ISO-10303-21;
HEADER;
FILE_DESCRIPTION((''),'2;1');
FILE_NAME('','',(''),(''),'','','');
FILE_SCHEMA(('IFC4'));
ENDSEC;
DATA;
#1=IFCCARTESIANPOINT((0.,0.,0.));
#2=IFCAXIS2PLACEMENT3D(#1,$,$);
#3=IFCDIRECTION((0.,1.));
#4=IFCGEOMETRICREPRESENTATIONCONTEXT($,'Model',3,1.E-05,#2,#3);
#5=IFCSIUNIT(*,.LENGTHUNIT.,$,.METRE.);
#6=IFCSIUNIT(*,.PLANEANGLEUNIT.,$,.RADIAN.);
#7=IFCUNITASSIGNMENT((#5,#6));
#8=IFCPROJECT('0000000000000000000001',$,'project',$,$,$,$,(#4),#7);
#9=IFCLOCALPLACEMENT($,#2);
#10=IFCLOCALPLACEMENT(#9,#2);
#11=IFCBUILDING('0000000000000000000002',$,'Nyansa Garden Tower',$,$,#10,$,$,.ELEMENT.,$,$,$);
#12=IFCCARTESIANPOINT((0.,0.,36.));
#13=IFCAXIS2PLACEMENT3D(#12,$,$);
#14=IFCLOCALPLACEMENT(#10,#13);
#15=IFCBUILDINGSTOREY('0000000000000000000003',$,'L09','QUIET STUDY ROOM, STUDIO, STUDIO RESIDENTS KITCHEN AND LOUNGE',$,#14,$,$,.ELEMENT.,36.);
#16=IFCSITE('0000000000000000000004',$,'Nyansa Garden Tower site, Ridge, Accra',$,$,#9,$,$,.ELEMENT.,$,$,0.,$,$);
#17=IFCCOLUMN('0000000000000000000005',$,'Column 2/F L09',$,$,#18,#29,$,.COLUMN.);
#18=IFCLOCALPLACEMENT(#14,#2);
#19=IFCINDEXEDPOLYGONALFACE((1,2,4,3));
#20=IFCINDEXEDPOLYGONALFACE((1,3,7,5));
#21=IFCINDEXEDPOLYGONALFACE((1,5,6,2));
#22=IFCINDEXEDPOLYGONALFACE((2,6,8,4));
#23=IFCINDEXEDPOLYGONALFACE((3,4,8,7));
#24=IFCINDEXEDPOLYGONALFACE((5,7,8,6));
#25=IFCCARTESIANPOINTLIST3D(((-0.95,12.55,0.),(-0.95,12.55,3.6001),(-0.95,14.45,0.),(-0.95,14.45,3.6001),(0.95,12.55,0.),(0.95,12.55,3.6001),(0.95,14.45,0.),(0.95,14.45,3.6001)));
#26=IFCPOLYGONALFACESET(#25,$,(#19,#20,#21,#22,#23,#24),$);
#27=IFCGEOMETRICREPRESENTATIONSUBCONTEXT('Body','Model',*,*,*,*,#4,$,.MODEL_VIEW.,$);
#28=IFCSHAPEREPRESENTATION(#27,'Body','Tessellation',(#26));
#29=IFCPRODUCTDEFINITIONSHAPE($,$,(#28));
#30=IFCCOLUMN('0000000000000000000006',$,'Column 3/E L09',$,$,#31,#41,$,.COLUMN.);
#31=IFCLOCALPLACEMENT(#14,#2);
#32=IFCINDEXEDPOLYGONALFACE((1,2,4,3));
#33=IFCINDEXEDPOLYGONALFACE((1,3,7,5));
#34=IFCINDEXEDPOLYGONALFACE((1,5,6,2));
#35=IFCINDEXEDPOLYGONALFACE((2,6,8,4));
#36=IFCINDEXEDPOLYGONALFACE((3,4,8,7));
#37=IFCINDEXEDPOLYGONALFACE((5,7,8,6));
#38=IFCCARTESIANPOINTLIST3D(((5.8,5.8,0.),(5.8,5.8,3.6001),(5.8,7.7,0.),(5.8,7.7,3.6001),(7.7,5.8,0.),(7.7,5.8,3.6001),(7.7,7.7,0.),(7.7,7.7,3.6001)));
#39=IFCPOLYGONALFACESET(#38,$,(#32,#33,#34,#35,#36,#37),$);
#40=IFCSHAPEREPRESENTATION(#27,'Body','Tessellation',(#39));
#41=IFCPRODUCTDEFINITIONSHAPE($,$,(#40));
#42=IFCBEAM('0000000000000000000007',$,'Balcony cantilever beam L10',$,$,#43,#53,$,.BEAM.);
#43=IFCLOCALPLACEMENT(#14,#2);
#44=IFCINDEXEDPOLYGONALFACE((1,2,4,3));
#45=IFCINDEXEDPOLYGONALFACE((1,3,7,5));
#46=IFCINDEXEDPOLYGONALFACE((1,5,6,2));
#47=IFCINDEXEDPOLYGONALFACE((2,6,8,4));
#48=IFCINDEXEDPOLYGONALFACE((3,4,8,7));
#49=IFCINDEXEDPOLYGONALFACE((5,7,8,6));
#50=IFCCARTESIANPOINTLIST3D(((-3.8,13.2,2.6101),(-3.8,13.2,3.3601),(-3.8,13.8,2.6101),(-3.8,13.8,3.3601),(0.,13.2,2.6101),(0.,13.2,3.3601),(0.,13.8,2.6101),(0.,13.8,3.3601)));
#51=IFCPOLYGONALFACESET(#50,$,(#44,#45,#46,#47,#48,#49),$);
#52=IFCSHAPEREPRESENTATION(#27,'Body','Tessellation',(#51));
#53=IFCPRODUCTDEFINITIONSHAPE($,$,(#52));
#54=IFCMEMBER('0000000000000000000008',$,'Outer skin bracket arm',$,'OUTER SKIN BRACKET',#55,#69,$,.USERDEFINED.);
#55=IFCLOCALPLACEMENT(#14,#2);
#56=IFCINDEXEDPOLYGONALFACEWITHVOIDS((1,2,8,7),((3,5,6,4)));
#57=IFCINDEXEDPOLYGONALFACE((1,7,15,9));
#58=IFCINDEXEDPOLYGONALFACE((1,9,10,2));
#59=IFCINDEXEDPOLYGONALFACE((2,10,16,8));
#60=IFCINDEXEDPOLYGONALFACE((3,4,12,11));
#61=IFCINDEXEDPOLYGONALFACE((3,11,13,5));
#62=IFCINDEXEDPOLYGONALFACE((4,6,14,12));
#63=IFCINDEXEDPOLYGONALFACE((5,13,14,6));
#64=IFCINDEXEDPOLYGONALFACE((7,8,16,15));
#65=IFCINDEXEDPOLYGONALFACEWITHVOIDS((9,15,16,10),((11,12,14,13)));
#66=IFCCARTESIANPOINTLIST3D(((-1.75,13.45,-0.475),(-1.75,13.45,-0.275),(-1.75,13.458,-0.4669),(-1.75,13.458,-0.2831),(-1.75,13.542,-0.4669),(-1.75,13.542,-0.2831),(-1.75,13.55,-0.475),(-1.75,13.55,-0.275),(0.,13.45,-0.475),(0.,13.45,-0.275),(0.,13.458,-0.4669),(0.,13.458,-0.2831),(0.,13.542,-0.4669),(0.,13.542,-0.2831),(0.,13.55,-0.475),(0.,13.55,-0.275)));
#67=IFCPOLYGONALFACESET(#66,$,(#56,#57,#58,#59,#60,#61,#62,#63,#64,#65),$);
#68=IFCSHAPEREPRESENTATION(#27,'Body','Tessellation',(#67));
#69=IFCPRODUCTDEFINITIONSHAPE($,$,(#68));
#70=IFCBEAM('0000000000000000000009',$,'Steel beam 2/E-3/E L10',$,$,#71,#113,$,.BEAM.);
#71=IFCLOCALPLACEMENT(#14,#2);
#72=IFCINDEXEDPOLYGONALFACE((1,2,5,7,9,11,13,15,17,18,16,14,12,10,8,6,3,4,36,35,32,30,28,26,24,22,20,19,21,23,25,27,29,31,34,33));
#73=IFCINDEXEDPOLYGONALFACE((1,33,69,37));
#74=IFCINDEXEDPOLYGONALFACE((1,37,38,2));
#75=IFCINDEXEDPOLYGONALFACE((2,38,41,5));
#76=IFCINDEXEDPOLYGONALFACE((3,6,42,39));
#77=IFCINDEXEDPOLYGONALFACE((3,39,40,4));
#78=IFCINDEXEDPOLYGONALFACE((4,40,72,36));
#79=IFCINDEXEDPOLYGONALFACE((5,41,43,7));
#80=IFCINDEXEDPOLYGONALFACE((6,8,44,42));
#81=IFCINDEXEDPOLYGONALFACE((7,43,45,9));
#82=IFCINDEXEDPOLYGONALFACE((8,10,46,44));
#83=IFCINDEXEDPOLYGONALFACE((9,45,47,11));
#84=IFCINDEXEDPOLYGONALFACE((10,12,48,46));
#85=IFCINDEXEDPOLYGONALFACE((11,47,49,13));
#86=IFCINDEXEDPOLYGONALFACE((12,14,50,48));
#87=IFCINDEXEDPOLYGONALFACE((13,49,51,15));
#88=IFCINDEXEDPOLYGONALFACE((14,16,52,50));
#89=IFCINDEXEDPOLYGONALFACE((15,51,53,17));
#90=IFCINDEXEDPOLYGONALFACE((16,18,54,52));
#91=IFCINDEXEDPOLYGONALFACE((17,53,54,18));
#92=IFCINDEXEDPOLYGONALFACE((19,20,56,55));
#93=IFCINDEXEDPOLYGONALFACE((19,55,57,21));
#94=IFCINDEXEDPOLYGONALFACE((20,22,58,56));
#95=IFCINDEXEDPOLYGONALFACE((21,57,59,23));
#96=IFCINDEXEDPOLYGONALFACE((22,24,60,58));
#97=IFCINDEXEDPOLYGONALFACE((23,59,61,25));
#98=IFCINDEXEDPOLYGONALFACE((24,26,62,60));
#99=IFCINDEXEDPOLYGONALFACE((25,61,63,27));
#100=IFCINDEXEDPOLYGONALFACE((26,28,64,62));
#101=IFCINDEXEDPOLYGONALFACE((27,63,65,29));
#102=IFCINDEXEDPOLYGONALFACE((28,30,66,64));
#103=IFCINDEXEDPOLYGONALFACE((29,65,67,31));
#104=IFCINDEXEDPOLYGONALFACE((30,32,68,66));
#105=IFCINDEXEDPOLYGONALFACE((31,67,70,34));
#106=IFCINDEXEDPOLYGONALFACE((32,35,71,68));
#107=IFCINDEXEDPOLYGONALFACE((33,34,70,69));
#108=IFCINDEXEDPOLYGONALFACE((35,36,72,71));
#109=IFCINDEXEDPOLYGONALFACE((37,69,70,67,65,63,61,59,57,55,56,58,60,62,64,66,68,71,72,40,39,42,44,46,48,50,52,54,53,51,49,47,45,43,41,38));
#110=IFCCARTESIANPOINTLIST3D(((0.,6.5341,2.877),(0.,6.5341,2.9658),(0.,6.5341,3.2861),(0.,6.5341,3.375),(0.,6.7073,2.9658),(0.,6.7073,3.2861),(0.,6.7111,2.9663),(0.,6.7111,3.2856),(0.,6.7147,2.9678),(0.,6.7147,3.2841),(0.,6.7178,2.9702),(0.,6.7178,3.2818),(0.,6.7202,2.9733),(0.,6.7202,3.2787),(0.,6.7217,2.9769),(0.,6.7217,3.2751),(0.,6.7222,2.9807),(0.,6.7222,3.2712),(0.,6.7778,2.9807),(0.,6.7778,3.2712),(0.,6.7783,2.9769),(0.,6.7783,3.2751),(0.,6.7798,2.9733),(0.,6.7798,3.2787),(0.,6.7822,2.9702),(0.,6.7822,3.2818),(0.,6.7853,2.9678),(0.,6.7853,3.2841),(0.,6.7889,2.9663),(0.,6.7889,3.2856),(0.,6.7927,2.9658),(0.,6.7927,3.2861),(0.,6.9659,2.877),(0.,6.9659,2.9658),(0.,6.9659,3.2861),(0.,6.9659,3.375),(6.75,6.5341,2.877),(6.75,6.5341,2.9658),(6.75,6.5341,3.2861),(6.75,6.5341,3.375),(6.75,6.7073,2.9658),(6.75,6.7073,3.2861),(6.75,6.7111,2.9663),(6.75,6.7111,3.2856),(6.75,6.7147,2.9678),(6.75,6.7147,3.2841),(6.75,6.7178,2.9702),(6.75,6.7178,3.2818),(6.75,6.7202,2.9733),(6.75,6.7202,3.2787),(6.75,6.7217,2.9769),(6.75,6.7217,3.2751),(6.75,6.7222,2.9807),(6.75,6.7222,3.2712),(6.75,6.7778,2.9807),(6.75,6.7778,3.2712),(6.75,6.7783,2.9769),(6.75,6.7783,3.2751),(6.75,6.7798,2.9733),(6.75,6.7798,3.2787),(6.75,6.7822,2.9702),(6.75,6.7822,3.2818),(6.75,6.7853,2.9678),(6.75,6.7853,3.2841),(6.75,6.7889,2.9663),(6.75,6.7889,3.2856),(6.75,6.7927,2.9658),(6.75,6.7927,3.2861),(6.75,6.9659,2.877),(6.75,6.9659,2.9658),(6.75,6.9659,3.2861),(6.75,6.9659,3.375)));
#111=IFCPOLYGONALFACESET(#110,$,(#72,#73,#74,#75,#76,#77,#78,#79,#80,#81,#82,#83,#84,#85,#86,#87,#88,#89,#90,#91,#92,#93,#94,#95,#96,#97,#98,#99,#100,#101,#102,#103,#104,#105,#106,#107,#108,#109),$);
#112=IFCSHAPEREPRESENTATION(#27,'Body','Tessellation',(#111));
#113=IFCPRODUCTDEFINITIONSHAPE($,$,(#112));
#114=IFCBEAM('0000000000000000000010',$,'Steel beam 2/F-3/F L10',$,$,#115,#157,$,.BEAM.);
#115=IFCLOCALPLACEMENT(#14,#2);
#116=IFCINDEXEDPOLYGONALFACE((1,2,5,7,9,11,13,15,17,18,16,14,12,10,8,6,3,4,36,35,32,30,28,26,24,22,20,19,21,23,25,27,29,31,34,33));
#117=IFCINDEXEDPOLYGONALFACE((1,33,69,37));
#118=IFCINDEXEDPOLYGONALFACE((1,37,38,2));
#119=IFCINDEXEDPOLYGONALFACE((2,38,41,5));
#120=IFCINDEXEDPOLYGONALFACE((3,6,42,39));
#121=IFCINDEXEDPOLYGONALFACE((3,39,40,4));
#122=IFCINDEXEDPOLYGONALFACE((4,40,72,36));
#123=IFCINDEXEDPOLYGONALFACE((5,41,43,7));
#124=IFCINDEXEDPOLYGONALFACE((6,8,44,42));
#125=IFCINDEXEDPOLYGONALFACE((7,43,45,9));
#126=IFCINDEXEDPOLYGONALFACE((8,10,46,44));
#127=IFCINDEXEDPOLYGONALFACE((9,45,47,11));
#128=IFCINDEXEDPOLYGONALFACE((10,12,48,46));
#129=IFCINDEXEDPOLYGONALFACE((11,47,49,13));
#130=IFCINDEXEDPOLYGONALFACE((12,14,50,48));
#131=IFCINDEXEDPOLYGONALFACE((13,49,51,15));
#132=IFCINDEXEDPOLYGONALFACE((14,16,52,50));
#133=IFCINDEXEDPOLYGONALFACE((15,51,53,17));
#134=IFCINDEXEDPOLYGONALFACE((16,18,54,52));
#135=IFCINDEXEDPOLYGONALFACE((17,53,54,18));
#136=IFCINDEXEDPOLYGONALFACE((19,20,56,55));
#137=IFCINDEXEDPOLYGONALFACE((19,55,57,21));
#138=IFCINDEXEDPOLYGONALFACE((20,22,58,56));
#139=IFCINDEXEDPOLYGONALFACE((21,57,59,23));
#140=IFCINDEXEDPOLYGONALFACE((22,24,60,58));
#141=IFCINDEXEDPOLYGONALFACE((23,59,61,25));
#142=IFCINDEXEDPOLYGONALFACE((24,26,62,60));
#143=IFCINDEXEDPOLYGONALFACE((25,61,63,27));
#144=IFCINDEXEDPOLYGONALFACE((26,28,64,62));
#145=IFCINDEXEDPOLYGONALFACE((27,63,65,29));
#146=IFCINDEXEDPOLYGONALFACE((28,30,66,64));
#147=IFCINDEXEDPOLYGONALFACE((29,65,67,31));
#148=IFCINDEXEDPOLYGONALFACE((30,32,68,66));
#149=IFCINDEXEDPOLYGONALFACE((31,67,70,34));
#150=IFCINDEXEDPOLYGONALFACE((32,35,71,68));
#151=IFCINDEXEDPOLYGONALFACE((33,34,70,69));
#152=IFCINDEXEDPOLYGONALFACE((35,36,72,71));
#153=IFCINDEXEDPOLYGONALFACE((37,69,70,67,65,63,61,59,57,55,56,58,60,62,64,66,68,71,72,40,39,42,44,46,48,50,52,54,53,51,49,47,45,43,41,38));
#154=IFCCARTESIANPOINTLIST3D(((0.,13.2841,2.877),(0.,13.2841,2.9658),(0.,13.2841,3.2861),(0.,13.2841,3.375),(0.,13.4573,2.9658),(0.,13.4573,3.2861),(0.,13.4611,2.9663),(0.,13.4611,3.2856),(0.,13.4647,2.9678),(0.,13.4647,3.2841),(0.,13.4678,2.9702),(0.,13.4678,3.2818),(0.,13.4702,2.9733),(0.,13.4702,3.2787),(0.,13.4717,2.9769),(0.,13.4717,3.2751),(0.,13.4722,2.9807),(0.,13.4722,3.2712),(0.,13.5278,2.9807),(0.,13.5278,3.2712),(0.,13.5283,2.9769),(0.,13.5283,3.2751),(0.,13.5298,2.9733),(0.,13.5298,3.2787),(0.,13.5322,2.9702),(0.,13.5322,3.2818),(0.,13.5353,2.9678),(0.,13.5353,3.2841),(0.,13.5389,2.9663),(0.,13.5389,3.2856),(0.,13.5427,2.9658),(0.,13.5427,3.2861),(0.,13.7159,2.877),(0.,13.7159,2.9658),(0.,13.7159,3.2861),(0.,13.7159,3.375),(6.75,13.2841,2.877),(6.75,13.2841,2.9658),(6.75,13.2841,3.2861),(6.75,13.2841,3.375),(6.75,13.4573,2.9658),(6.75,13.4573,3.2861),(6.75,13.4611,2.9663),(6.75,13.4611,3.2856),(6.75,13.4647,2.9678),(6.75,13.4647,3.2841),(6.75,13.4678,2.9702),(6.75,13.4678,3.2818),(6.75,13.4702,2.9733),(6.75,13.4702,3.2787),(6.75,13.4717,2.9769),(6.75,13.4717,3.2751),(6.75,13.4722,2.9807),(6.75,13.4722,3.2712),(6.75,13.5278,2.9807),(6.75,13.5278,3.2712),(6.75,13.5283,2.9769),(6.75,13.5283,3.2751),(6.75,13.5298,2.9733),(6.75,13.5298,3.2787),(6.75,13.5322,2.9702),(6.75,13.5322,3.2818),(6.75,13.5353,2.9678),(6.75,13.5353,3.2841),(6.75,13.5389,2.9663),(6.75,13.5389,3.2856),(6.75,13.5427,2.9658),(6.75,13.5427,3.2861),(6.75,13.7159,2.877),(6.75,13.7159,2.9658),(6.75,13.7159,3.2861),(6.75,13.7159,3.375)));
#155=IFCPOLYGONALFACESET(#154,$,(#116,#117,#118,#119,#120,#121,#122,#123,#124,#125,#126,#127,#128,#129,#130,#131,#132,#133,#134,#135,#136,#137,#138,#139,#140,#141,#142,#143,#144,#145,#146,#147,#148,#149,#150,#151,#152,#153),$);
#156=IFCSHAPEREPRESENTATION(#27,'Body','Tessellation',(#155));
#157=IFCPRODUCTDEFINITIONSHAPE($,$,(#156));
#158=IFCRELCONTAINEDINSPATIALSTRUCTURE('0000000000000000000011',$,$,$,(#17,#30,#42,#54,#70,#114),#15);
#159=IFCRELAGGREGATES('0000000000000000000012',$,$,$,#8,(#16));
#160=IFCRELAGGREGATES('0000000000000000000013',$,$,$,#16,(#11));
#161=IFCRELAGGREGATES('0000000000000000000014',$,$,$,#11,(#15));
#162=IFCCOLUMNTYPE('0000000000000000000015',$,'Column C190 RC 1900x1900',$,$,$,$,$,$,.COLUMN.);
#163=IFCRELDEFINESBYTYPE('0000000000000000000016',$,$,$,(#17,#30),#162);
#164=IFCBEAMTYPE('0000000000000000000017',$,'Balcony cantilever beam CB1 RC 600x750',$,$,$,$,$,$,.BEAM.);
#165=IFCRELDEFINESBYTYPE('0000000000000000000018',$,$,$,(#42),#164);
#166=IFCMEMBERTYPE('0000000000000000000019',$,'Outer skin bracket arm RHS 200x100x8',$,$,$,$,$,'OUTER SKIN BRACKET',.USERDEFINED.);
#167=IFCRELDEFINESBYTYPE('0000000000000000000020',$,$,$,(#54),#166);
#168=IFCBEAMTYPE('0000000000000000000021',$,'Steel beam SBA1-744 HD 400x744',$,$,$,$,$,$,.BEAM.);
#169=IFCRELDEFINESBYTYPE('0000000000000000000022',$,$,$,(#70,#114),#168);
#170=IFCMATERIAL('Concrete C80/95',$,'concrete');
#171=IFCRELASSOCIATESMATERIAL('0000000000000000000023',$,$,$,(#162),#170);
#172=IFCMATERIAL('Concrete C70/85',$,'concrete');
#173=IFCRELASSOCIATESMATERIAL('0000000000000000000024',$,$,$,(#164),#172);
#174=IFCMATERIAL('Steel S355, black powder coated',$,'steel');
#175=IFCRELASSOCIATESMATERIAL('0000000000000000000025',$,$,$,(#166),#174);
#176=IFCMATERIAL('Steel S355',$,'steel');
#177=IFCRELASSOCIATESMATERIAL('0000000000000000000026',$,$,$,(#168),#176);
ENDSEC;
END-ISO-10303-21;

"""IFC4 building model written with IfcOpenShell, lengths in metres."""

from ifc_helpers import new_model, si_unit, direction, frame, origin, origin_2d, place, context, subcontext, project, spatial, rectangle, hollow_rectangle, i_section, extrude, material, material_profile, profile_set, type_object, element, save


model = new_model("IFC4")

# Units and contexts
model_context = context("Model", 3, precision=1e-05, world=origin(), true_north=direction((0.0, 1.0)))
body_context = subcontext(model_context, "Body", "Model", "MODEL_VIEW")
ifc_project = project(units=[si_unit("LENGTHUNIT", "METRE"), si_unit("PLANEANGLEUNIT", "RADIAN")], contexts=[model_context])

# Site, building, storey
site_placement = place(None, origin())
site = spatial("IfcSite", under=ifc_project, at=site_placement, Name="Nyansa Garden Tower site, Ridge, Accra", CompositionType="ELEMENT", RefElevation=0.0)
building_placement = place(site_placement, origin())
building = spatial("IfcBuilding", under=site, at=building_placement, Name="Nyansa Garden Tower", CompositionType="ELEMENT")
storey_placement = place(building_placement, frame((0.0, 0.0, 36.0)))
storey = spatial("IfcBuildingStorey", under=building, at=storey_placement, Name="L09", Description="QUIET STUDY ROOM, STUDIO, STUDIO RESIDENTS KITCHEN AND LOUNGE", CompositionType="ELEMENT", Elevation=36.0)

# Columns
ifc_material_1 = material(Name="Concrete C80/95", Category="concrete")
ifc_material_profile_1 = material_profile(ifc_material_1, rectangle(XDim=1.8999, YDim=1.8999, at=origin_2d()), Name="RC 1900x1900")
ifc_profile_set_1 = profile_set([ifc_material_profile_1], Name="Concrete C80/95")
column_type = type_object("IfcColumnType", Name="Column C190 RC 1900x1900", PredefinedType="COLUMN", material=ifc_profile_set_1)
for number, where, z_axis, x_axis, name in (
    (1, (0.0, 13.5, 0.0), (0.0, 0.0, 1.0), (1.0, 0.0, 0.0), "Column 2/F L09"),
    (2, (6.75, 6.75, 0.0), (0.0, 0.0, 1.0), (1.0, 0.0, 0.0), "Column 3/E L09"),
):
    element("IfcColumn", number, at=place(storey_placement, frame(where, z_axis=z_axis, x_axis=x_axis)), inside=storey, type_object=column_type, Name=name, PredefinedType="COLUMN", context=body_context, shape_type="SweptSolid", body=[
        extrude(rectangle(XDim=1.8999, YDim=1.8999, at=origin_2d()), origin(), (0.0, 0.0, 1.0), 3.6001),
    ])

# Beam
ifc_material_2 = material(Name="Concrete C70/85", Category="concrete")
ifc_material_profile_2 = material_profile(ifc_material_2, rectangle(XDim=0.6001, YDim=0.75, at=origin_2d()), Name="RC 600x750")
ifc_profile_set_2 = profile_set([ifc_material_profile_2], Name="Concrete C70/85")
beam_type_1 = type_object("IfcBeamType", Name="Balcony cantilever beam CB1 RC 600x750", PredefinedType="BEAM", material=ifc_profile_set_2)
beam_1_placement = place(storey_placement, frame((0.0, 13.5, 2.9851), z_axis=(-1.0, 0.0, 0.0), x_axis=(0.0, -1.0, 0.0)))
element("IfcBeam", 3, at=beam_1_placement, inside=storey, type_object=beam_type_1, Name="Balcony cantilever beam L10", PredefinedType="BEAM", context=body_context, shape_type="SweptSolid", body=[
    extrude(rectangle(XDim=0.6001, YDim=0.75, at=origin_2d()), origin(), (0.0, 0.0, 1.0), 3.8),
])

# Member
ifc_material_3 = material(Name="Steel S355, black powder coated", Category="steel")
ifc_material_profile_3 = material_profile(ifc_material_3, hollow_rectangle(XDim=0.1001, YDim=0.2, WallThickness=0.0081, at=origin_2d()), Name="RHS 200x100x8")
ifc_profile_set_3 = profile_set([ifc_material_profile_3], Name="Steel S355, black powder coated")
member_type = type_object("IfcMemberType", Name="Outer skin bracket arm RHS 200x100x8", ElementType="OUTER SKIN BRACKET", PredefinedType="USERDEFINED", material=ifc_profile_set_3)
member_placement = place(storey_placement, frame((0.0, 13.5, -0.375), z_axis=(-1.0, 0.0, 0.0), x_axis=(0.0, -1.0, 0.0)))
element("IfcMember", 4, at=member_placement, inside=storey, type_object=member_type, Name="Outer skin bracket arm", ObjectType="OUTER SKIN BRACKET", PredefinedType="USERDEFINED", context=body_context, shape_type="SweptSolid", body=[
    extrude(hollow_rectangle(XDim=0.1001, YDim=0.2, WallThickness=0.0081, at=origin_2d()), origin(), (0.0, 0.0, 1.0), 1.75),
])

# Beams
ifc_material_4 = material(Name="Steel S355", Category="steel")
ifc_material_profile_4 = material_profile(ifc_material_4, i_section(OverallWidth=0.4319, OverallDepth=0.498, WebThickness=0.0557, FlangeThickness=0.0889, FilletRadius=0.0149, at=origin_2d()), Name="HD 400x744")
ifc_profile_set_4 = profile_set([ifc_material_profile_4], Name="Steel S355")
beam_type_2 = type_object("IfcBeamType", Name="Steel beam SBA1-744 HD 400x744", PredefinedType="BEAM", material=ifc_profile_set_4)
for number, where, z_axis, x_axis, name in (
    (5, (0.0, 6.75, 3.126), (1.0, 0.0, 0.0), (0.0, 1.0, 0.0), "Steel beam 2/E-3/E L10"),
    (6, (0.0, 13.5, 3.126), (1.0, 0.0, 0.0), (0.0, 1.0, 0.0), "Steel beam 2/F-3/F L10"),
):
    element("IfcBeam", number, at=place(storey_placement, frame(where, z_axis=z_axis, x_axis=x_axis)), inside=storey, type_object=beam_type_2, Name=name, PredefinedType="BEAM", context=body_context, shape_type="SweptSolid", body=[
        extrude(i_section(OverallWidth=0.4319, OverallDepth=0.498, WebThickness=0.0557, FlangeThickness=0.0889, FilletRadius=0.0149, at=origin_2d()), origin(), (0.0, 0.0, 1.0), 6.75),
    ])

save(model, "model.ifc")
